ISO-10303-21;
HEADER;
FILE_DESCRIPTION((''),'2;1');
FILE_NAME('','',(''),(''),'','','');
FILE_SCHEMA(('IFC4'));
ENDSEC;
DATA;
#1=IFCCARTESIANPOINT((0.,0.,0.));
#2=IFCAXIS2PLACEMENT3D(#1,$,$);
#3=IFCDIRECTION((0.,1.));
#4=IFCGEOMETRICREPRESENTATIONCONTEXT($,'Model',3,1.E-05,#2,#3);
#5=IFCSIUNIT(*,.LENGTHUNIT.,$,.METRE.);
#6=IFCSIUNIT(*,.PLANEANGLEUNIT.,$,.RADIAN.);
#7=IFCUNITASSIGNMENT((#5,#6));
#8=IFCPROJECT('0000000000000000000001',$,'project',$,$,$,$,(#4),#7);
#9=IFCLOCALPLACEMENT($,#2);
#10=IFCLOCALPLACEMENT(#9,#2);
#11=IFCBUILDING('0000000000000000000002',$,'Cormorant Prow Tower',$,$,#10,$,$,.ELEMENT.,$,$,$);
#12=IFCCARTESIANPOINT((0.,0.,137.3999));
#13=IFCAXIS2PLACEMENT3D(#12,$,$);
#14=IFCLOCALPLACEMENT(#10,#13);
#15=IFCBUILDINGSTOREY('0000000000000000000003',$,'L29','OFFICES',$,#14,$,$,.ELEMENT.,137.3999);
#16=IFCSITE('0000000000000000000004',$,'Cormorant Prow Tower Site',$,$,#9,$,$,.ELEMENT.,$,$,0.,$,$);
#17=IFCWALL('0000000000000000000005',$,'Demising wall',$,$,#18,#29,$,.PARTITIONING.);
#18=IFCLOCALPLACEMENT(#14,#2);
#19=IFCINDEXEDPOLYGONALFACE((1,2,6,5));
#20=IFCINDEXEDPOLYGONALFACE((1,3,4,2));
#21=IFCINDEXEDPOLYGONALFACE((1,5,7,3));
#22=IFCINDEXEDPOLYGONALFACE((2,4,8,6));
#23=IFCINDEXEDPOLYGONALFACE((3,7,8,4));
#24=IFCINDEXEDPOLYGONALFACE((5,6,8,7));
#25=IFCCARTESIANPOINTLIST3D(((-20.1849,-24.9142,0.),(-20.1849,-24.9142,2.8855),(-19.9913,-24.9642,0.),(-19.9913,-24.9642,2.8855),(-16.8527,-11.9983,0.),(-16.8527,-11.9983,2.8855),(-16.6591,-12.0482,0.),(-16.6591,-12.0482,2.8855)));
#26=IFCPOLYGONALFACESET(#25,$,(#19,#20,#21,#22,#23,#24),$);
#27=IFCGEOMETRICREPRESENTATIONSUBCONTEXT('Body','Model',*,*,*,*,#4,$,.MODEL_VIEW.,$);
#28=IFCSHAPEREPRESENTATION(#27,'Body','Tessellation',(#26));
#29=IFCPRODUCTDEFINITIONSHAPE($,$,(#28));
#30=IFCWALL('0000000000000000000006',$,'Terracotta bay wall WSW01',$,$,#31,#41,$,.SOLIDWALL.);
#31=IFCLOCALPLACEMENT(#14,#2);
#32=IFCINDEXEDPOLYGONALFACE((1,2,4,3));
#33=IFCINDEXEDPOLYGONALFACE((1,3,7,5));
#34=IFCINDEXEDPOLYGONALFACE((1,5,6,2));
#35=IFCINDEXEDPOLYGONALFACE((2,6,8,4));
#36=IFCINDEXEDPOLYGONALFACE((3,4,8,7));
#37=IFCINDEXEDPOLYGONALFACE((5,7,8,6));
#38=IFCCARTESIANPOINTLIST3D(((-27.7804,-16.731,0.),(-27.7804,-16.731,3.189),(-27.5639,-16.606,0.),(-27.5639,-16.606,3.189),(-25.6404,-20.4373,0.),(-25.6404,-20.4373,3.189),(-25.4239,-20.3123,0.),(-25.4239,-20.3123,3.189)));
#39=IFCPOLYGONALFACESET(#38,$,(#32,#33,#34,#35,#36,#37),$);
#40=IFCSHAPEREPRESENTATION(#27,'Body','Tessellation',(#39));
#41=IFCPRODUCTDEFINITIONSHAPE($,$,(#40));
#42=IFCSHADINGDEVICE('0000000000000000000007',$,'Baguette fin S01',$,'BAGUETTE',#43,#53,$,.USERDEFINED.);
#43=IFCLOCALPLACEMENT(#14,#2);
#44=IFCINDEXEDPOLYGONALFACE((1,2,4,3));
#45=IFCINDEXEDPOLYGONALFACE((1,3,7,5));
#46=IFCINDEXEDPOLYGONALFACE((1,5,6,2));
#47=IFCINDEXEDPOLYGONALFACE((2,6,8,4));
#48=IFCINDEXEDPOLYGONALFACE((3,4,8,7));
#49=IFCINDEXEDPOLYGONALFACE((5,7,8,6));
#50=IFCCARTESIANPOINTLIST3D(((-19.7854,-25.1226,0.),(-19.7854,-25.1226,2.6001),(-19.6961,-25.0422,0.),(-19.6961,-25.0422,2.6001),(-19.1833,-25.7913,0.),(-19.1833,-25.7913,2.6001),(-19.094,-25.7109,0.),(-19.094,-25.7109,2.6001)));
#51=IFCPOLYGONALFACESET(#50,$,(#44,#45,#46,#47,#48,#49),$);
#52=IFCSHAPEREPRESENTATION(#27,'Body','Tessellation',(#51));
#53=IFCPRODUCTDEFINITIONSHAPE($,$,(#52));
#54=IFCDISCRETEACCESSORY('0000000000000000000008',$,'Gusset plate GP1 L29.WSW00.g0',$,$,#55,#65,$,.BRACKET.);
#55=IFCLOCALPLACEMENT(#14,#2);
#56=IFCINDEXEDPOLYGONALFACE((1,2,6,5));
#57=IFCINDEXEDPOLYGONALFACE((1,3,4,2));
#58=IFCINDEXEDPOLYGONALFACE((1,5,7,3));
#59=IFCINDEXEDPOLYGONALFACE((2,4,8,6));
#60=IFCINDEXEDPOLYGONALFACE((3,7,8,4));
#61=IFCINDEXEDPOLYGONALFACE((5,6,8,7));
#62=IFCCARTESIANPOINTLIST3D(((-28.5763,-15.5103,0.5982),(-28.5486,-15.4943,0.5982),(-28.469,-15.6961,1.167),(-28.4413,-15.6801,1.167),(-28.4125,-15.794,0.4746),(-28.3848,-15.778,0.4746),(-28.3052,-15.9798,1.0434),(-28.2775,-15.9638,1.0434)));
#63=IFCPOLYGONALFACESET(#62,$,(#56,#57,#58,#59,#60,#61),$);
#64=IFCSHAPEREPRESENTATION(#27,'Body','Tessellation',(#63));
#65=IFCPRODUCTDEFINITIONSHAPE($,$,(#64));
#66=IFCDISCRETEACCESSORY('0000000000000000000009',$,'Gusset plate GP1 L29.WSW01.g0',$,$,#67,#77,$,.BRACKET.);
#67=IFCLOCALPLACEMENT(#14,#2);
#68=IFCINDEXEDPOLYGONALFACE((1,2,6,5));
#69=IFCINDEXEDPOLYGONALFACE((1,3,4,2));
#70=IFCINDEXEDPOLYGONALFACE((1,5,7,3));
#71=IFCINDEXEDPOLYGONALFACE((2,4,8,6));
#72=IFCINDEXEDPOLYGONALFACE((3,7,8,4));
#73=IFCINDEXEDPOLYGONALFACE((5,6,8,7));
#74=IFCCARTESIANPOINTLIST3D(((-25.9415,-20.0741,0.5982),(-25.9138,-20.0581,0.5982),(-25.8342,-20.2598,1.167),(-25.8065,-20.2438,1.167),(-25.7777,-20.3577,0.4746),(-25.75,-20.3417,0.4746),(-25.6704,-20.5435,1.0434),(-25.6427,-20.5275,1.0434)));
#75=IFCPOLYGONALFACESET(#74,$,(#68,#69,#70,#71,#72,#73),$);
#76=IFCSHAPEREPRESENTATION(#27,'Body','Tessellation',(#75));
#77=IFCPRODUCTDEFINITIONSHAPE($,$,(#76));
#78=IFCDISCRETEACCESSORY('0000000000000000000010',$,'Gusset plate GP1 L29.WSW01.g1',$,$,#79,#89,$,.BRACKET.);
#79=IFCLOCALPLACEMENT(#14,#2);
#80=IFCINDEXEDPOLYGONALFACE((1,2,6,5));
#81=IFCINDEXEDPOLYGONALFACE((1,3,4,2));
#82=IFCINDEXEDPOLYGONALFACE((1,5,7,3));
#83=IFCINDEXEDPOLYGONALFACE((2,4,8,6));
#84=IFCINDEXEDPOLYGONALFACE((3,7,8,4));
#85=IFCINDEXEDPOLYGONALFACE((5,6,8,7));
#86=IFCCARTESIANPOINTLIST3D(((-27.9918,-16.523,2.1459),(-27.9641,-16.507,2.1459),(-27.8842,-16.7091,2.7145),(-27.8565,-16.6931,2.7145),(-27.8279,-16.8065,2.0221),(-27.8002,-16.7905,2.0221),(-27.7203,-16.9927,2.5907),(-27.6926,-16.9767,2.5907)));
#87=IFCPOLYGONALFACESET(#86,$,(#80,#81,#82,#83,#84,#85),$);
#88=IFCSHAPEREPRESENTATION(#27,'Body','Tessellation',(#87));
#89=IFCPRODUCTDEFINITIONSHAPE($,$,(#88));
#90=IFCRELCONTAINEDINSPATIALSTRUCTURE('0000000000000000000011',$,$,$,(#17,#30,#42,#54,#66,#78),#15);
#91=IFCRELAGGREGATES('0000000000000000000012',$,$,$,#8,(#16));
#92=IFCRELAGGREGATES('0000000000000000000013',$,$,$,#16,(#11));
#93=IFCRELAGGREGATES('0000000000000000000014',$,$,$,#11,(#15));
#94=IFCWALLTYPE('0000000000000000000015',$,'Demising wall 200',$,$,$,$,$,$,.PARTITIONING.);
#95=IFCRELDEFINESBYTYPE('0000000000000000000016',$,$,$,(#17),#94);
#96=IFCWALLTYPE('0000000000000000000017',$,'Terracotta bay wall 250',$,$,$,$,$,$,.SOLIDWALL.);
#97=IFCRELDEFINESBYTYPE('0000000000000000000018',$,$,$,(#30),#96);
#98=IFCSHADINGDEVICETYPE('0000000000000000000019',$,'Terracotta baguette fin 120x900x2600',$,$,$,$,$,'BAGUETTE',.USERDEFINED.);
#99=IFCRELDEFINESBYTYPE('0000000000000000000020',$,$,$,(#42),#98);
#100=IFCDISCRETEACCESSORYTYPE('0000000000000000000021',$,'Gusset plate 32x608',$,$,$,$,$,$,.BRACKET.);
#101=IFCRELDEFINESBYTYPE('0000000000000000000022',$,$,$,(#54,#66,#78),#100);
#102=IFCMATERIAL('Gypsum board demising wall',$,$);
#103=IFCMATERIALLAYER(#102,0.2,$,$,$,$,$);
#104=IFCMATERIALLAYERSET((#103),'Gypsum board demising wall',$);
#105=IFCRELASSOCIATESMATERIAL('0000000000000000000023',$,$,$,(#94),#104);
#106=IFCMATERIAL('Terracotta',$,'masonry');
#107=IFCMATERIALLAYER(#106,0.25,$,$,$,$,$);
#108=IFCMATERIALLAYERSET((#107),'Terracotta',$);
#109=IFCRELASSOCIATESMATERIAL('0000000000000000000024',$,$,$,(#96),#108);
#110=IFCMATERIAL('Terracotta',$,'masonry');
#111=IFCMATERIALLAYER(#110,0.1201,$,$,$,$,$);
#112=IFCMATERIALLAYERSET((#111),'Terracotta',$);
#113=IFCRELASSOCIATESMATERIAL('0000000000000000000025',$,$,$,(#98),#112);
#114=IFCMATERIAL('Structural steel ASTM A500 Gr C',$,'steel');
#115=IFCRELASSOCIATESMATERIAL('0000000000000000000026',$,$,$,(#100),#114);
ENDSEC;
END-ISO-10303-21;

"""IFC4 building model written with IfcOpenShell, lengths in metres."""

from ifc_helpers import new_model, si_unit, direction, frame, frame_2d, origin, origin_2d, place, context, subcontext, project, spatial, rectangle, extrude, material, layer, layer_set, material_profile, profile_set, type_object, element, save


model = new_model("IFC4")

# Units and contexts
model_context = context("Model", 3, precision=1e-05, world=origin(), true_north=direction((0.0, 1.0)))
body_context = subcontext(model_context, "Body", "Model", "MODEL_VIEW")
ifc_project = project(units=[si_unit("LENGTHUNIT", "METRE"), si_unit("PLANEANGLEUNIT", "RADIAN")], contexts=[model_context])

# Site, building, storey
site_placement = place(None, origin())
site = spatial("IfcSite", under=ifc_project, at=site_placement, Name="Cormorant Prow Tower Site", CompositionType="ELEMENT", RefElevation=0.0)
building_placement = place(site_placement, origin())
building = spatial("IfcBuilding", under=site, at=building_placement, Name="Cormorant Prow Tower", CompositionType="ELEMENT")
storey_placement = place(building_placement, frame((0.0, 0.0, 137.3999)))
storey = spatial("IfcBuildingStorey", under=building, at=storey_placement, Name="L29", Description="OFFICES", CompositionType="ELEMENT", Elevation=137.3999)

# Walls
ifc_material_1 = material(Name="Gypsum board demising wall")
ifc_layer_1 = layer(ifc_material_1, 0.2)
ifc_layer_set_1 = layer_set([ifc_layer_1], Name="Gypsum board demising wall")
wall_type_1 = type_object("IfcWallType", Name="Demising wall 200", PredefinedType="PARTITIONING", material=ifc_layer_set_1)
wall_1_placement = place(storey_placement, frame((-20.0881, -24.9392, 0.0), z_axis=(0.0, 0.0, 1.0), x_axis=(0.249815, 0.968293, 0.0)))
element("IfcWall", 1, at=wall_1_placement, inside=storey, type_object=wall_type_1, Name="Demising wall", PredefinedType="PARTITIONING", context=body_context, shape_type="SweptSolid", body=[
    extrude(rectangle(XDim=13.3389, YDim=0.2, at=frame_2d((6.6694, 0.0))), origin(), (0.0, 0.0, 1.0), 2.8855),
])
ifc_material_2 = material(Name="Terracotta", Category="masonry")
ifc_layer_2 = layer(ifc_material_2, 0.25)
ifc_layer_set_2 = layer_set([ifc_layer_2], Name="Terracotta")
wall_type_2 = type_object("IfcWallType", Name="Terracotta bay wall 250", PredefinedType="SOLIDWALL", material=ifc_layer_set_2)
wall_2_placement = place(storey_placement, frame((-27.6721, -16.6685, 0.0), z_axis=(0.0, 0.0, 1.0), x_axis=(0.500011, -0.866019, 0.0)))
element("IfcWall", 2, at=wall_2_placement, inside=storey, type_object=wall_type_2, Name="Terracotta bay wall WSW01", PredefinedType="SOLIDWALL", context=body_context, shape_type="SweptSolid", body=[
    extrude(rectangle(XDim=4.2798, YDim=0.25, at=frame_2d((2.1399, 0.0))), origin(), (0.0, 0.0, 1.0), 3.189),
])

# Shading device
ifc_material_3 = material(Name="Terracotta", Category="masonry")
ifc_layer_3 = layer(ifc_material_3, 0.1201)
ifc_layer_set_3 = layer_set([ifc_layer_3], Name="Terracotta")
shading_device_type = type_object("IfcShadingDeviceType", Name="Terracotta baguette fin 120x900x2600", ElementType="BAGUETTE", PredefinedType="USERDEFINED", material=ifc_layer_set_3)
shading_device_placement = place(storey_placement, frame((-19.4397, -25.4167, 0.0), z_axis=(0.0, 0.0, 1.0), x_axis=(0.743145, 0.669131, 0.0)))
element("IfcShadingDevice", 3, at=shading_device_placement, inside=storey, type_object=shading_device_type, Name="Baguette fin S01", ObjectType="BAGUETTE", PredefinedType="USERDEFINED", context=body_context, shape_type="SweptSolid", body=[
    extrude(rectangle(XDim=0.1201, YDim=0.8999, at=origin_2d()), origin(), (0.0, 0.0, 1.0), 2.6001),
])

# Discrete accessories
ifc_material_4 = material(Name="Structural steel ASTM A500 Gr C", Category="steel")
ifc_material_profile_1 = material_profile(ifc_material_4, rectangle(XDim=0.032, YDim=0.6079, at=origin_2d()), Name="Gusset plate 32x608")
ifc_profile_set_1 = profile_set([ifc_material_profile_1], Name="Structural steel ASTM A500 Gr C")
discrete_accessory_type = type_object("IfcDiscreteAccessoryType", Name="Gusset plate 32x608", PredefinedType="BRACKET", material=ifc_profile_set_1)
for number, where, z_axis, x_axis, name in (
    (4, (-28.5088, -15.5952, 0.8826), (0.467903, -0.810288, -0.352845), (0.865987, 0.500067, 0.0), "Gusset plate GP1 L29.WSW00.g0"),
    (5, (-25.874, -20.1589, 0.8826), (0.467903, -0.810288, -0.352845), (0.865987, 0.500067, 0.0), "Gusset plate GP1 L29.WSW01.g0"),
    (6, (-27.7603, -16.8916, 2.3064), (-0.468052, 0.809849, 0.353655), (-0.8658, -0.500389, 0.0), "Gusset plate GP1 L29.WSW01.g1"),
):
    element("IfcDiscreteAccessory", number, at=place(storey_placement, frame(where, z_axis=z_axis, x_axis=x_axis)), inside=storey, type_object=discrete_accessory_type, Name=name, PredefinedType="BRACKET", context=body_context, shape_type="SweptSolid", body=[
        extrude(rectangle(XDim=0.032, YDim=0.6079, at=origin_2d()), origin(), (0.0, 0.0, 1.0), 0.3501),
    ])

save(model, "model.ifc")
